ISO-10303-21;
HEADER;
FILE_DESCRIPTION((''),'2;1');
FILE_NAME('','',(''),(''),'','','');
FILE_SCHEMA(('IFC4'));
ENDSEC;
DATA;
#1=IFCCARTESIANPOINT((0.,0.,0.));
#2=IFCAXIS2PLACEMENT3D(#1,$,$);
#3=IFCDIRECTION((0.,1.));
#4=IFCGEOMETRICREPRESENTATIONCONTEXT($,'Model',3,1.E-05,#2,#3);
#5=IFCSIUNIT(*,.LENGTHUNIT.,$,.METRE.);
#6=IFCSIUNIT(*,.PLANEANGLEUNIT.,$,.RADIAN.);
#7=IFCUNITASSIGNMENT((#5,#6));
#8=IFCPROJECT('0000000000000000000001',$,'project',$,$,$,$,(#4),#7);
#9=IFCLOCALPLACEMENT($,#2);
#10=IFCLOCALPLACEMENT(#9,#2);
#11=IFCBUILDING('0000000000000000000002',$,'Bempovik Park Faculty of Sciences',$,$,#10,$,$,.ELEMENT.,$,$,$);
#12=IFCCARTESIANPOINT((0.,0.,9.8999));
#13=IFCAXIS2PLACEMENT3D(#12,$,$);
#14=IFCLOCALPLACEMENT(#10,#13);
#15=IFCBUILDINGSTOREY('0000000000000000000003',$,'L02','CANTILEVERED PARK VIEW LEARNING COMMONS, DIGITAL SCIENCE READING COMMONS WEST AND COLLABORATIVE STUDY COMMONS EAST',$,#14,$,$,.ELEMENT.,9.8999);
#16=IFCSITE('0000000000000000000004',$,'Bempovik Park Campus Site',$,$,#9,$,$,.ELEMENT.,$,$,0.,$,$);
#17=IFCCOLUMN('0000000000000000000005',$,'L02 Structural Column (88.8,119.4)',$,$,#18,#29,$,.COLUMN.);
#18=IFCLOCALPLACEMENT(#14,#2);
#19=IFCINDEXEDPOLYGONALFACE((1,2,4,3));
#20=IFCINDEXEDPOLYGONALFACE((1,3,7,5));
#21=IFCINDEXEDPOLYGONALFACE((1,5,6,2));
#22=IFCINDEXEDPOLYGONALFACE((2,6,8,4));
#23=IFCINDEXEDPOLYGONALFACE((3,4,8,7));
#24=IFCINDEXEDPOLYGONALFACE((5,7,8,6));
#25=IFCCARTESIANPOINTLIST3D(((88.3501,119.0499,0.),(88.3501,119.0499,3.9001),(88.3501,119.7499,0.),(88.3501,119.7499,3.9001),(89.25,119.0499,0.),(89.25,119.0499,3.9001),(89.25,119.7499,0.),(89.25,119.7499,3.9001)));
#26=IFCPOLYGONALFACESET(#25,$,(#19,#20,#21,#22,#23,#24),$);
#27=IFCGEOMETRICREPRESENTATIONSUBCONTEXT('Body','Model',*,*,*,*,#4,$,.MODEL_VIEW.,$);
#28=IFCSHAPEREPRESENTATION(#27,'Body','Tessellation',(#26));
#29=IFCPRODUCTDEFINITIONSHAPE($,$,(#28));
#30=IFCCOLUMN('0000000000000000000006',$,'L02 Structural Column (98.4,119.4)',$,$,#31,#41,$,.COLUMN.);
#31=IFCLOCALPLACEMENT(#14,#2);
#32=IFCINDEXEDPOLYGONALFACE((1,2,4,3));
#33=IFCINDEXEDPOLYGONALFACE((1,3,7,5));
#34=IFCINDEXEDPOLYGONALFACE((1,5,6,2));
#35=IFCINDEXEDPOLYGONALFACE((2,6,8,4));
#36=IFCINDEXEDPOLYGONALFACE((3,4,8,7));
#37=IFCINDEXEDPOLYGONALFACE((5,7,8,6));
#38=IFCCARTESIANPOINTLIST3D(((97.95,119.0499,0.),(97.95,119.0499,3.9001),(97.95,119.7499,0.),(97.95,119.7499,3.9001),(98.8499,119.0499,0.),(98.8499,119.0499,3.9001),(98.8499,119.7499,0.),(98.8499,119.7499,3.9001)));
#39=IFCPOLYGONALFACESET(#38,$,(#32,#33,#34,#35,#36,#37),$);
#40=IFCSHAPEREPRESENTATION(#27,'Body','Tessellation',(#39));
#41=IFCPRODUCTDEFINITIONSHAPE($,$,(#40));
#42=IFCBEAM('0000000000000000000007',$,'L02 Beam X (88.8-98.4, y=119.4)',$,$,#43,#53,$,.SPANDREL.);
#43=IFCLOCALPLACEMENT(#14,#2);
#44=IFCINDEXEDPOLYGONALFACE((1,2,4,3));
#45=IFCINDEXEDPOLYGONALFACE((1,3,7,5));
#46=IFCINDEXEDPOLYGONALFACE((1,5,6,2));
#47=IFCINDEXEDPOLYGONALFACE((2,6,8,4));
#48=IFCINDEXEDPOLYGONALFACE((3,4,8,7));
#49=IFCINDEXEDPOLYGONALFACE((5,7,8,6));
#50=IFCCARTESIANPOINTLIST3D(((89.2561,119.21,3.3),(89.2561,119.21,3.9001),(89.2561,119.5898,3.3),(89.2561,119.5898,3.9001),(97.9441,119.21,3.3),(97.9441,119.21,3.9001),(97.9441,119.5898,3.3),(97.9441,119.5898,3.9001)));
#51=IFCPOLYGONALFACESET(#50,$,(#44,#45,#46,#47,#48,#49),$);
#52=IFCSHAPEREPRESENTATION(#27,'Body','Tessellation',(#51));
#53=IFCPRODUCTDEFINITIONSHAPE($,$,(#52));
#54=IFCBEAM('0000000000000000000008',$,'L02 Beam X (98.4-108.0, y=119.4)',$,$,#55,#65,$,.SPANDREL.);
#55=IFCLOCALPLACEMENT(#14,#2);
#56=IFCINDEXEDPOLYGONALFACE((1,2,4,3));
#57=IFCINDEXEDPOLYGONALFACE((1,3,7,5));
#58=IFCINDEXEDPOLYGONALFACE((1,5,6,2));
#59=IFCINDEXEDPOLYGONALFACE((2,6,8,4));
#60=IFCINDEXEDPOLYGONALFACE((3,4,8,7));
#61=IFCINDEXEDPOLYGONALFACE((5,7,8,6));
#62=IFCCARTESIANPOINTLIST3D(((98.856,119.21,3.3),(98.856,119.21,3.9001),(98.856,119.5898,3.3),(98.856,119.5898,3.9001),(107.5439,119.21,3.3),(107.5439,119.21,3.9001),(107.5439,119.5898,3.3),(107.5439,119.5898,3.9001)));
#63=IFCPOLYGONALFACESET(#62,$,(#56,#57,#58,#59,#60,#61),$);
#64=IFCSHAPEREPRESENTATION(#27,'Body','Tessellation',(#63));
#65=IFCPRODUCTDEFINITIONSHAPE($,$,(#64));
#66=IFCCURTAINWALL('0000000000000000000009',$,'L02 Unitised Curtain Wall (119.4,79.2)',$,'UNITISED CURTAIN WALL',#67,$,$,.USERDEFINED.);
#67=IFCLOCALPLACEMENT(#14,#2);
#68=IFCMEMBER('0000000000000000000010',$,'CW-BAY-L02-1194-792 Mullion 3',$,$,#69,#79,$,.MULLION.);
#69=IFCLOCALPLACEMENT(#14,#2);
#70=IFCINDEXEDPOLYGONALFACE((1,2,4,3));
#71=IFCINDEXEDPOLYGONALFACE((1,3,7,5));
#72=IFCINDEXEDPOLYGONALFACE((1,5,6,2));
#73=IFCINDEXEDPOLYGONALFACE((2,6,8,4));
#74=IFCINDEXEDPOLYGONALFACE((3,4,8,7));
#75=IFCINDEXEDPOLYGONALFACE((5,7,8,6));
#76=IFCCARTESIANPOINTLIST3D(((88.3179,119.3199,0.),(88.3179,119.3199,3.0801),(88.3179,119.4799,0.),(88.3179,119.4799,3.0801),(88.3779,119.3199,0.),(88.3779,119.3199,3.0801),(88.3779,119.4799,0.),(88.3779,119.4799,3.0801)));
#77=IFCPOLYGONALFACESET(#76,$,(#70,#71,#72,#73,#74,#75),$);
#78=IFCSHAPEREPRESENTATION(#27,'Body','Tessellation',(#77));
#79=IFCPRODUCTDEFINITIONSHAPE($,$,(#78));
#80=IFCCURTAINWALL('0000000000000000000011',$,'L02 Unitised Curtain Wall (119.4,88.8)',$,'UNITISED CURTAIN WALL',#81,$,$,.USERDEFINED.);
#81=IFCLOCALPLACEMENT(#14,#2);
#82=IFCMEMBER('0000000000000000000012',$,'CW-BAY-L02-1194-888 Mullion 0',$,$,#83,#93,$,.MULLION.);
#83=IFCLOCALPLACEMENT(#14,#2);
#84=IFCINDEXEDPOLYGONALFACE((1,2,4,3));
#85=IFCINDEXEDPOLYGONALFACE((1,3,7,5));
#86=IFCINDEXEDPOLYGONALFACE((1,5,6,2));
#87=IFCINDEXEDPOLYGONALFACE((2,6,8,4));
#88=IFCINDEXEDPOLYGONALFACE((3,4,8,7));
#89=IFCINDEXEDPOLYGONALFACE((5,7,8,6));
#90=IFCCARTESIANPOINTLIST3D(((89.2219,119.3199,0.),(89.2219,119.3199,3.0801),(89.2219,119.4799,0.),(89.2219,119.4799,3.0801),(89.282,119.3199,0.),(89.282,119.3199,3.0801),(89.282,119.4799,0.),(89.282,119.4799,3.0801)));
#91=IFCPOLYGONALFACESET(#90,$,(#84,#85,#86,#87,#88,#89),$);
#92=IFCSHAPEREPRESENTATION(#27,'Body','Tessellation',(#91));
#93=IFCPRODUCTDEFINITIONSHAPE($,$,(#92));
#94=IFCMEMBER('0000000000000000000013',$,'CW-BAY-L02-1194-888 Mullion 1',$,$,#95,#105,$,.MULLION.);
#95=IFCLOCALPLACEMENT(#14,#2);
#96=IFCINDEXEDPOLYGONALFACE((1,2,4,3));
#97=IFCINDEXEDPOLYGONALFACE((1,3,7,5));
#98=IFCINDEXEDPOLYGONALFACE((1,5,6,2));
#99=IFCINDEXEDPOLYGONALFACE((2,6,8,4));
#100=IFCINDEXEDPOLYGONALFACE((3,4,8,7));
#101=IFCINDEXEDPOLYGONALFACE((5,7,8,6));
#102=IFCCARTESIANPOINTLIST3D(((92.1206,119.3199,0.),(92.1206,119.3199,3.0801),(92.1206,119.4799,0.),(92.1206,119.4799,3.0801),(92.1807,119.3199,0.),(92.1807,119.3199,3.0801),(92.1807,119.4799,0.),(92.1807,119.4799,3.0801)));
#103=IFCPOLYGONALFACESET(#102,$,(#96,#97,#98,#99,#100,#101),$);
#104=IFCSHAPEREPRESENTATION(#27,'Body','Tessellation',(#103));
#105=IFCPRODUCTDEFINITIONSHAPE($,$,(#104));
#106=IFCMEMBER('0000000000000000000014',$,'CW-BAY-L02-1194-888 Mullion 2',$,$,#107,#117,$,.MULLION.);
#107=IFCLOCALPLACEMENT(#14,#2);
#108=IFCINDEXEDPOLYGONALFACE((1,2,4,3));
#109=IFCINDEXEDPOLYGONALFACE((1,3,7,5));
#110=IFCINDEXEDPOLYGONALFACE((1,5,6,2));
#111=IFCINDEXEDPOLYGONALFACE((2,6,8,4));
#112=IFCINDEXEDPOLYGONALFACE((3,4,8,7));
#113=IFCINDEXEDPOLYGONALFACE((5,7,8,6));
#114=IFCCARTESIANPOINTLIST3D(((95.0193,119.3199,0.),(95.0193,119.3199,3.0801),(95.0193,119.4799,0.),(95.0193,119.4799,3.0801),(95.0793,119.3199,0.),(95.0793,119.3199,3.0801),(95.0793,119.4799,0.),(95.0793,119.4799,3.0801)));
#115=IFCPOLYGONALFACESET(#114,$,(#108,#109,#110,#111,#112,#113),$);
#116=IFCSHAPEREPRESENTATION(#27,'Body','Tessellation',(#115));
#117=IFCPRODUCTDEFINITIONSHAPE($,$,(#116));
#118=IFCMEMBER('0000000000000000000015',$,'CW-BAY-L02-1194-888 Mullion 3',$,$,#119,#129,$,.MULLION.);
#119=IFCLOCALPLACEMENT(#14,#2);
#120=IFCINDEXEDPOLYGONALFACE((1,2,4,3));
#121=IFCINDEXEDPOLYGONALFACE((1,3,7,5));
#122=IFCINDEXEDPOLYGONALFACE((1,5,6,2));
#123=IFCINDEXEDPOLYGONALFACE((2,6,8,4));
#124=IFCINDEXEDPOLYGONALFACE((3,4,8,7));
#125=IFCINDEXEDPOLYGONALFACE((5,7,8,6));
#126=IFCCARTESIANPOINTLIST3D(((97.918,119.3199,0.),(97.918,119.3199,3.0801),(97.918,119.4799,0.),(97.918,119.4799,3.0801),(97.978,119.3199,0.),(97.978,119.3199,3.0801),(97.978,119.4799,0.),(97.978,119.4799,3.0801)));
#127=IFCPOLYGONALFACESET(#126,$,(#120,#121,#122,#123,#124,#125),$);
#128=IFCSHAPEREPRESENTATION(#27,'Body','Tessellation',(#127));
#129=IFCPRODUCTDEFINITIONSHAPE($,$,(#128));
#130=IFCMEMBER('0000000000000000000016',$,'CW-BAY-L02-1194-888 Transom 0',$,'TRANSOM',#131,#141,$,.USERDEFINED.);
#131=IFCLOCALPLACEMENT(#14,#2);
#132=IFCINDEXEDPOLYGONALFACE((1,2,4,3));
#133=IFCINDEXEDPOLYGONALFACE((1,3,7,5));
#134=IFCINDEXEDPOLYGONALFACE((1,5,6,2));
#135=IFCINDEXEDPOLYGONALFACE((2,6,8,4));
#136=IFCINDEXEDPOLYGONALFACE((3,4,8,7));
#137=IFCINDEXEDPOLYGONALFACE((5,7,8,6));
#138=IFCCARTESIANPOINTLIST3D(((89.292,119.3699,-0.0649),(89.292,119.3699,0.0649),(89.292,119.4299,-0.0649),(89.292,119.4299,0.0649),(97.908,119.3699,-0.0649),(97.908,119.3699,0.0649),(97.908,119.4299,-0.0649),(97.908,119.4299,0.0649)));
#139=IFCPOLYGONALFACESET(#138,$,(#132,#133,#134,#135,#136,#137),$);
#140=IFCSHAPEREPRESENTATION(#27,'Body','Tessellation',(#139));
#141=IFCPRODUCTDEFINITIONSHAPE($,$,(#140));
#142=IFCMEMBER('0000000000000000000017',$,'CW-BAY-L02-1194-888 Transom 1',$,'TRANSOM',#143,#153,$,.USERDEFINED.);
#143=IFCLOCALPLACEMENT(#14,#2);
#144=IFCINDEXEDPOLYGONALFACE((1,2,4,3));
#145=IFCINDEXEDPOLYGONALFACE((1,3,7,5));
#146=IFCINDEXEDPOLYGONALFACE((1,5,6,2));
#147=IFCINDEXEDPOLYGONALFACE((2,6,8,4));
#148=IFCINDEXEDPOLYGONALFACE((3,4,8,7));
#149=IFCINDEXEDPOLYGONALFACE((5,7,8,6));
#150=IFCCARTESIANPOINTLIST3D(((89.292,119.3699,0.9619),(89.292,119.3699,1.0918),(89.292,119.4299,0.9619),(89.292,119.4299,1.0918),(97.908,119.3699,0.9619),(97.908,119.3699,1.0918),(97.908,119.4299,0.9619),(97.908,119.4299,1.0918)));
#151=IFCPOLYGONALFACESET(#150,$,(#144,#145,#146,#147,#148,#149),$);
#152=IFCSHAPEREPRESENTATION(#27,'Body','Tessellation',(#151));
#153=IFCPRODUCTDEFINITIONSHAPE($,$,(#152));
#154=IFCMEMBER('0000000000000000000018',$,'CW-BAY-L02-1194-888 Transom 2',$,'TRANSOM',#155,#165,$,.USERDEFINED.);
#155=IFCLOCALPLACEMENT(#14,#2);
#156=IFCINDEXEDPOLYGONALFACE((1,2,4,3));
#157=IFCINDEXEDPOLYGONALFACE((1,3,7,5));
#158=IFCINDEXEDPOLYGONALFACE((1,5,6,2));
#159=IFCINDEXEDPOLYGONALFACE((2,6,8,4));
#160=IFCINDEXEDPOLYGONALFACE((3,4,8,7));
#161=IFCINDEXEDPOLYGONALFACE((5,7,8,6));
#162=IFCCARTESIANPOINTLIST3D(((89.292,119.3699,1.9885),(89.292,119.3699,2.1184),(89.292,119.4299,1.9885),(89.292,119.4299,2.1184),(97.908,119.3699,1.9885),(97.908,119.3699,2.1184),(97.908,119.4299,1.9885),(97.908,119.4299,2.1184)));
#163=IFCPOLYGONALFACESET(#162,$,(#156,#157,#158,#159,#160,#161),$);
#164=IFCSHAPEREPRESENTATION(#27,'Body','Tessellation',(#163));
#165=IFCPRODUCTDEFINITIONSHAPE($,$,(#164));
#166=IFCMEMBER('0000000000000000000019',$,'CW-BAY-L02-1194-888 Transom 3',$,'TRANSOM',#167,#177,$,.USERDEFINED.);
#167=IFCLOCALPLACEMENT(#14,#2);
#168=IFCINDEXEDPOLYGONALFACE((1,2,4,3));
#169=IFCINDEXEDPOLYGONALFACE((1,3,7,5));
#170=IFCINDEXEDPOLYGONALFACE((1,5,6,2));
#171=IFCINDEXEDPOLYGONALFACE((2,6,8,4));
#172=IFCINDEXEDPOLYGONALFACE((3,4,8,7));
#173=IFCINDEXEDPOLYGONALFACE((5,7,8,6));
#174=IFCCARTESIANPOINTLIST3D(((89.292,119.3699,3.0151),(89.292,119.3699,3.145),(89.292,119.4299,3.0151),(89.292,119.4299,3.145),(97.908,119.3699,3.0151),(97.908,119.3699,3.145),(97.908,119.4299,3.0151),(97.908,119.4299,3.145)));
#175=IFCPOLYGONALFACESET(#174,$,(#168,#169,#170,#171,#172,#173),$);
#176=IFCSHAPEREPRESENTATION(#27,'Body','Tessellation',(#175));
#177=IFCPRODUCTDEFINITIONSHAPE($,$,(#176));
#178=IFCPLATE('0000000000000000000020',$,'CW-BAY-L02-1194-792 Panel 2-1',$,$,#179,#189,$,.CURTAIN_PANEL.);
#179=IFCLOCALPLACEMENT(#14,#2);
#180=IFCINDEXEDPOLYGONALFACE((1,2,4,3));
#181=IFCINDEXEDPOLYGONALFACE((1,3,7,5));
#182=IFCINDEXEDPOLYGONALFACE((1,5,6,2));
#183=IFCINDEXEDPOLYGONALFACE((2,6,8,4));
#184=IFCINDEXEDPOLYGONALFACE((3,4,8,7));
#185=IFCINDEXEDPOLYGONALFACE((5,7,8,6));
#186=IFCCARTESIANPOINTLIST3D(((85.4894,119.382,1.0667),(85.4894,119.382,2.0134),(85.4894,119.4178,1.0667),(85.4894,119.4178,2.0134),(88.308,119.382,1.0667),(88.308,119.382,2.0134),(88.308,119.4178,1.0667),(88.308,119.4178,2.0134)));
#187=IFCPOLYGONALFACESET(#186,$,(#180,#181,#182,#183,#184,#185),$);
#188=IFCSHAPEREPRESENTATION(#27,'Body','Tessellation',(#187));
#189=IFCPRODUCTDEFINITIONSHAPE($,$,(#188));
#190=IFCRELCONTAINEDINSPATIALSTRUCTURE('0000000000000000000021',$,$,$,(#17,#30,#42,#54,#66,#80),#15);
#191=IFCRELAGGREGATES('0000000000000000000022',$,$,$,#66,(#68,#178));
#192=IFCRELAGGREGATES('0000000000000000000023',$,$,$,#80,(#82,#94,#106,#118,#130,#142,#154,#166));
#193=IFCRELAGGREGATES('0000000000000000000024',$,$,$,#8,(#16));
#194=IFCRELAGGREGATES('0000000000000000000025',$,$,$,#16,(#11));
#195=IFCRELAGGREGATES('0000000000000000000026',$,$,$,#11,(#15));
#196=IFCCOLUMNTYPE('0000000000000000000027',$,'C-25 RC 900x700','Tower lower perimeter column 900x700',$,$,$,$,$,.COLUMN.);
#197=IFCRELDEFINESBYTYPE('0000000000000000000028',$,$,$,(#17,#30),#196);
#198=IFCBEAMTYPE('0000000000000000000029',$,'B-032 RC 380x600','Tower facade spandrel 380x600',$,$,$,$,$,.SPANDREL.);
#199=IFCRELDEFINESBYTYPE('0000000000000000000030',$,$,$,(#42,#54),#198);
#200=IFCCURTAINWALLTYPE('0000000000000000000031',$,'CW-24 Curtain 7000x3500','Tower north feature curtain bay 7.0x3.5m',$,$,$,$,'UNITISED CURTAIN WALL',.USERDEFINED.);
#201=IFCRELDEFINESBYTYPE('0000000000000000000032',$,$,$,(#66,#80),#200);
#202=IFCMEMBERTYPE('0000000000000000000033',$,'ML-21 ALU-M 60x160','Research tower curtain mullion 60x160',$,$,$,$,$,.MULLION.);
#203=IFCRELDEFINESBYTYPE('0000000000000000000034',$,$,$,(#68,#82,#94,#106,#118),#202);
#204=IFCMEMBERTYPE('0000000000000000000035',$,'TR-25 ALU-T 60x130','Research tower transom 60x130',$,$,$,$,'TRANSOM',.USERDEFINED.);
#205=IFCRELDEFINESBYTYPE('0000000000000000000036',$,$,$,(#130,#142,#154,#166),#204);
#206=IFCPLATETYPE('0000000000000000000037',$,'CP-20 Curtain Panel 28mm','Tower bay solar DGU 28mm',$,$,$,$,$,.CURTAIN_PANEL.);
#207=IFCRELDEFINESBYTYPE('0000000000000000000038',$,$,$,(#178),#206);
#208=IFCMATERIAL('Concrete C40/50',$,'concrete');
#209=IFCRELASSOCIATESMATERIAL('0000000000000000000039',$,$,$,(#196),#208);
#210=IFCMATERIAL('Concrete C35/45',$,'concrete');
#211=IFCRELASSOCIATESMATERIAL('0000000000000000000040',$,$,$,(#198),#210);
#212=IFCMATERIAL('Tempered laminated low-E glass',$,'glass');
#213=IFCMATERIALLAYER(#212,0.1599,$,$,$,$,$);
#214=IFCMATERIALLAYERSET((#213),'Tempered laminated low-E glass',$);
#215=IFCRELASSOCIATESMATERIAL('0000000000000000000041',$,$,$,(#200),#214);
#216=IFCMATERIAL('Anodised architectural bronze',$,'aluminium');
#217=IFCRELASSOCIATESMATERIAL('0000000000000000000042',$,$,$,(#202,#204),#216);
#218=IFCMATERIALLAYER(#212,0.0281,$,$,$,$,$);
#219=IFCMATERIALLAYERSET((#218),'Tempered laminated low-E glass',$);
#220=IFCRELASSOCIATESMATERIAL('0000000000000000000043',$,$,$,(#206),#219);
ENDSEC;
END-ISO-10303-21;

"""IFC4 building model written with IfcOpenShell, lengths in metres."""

from ifc_helpers import new_model, si_unit, direction, frame, origin, origin_2d, place, context, subcontext, project, spatial, rectangle, extrude, material, layer, layer_set, material_profile, profile_set, type_object, element, aggregate, save


model = new_model("IFC4")

# Units and contexts
model_context = context("Model", 3, precision=1e-05, world=origin(), true_north=direction((0.0, 1.0)))
body_context = subcontext(model_context, "Body", "Model", "MODEL_VIEW")
ifc_project = project(units=[si_unit("LENGTHUNIT", "METRE"), si_unit("PLANEANGLEUNIT", "RADIAN")], contexts=[model_context])

# Site, building, storey
site_placement = place(None, origin())
site = spatial("IfcSite", under=ifc_project, at=site_placement, Name="Bempovik Park Campus Site", CompositionType="ELEMENT", RefElevation=0.0)
building_placement = place(site_placement, origin())
building = spatial("IfcBuilding", under=site, at=building_placement, Name="Bempovik Park Faculty of Sciences", CompositionType="ELEMENT")
storey_placement = place(building_placement, frame((0.0, 0.0, 9.8999)))
storey = spatial("IfcBuildingStorey", under=building, at=storey_placement, Name="L02", Description="CANTILEVERED PARK VIEW LEARNING COMMONS, DIGITAL SCIENCE READING COMMONS WEST AND COLLABORATIVE STUDY COMMONS EAST", CompositionType="ELEMENT", Elevation=9.8999)

# Columns
ifc_material_1 = material(Name="Concrete C40/50", Category="concrete")
ifc_material_profile_1 = material_profile(ifc_material_1, rectangle(XDim=0.8999, YDim=0.7, at=origin_2d()), Name="RC 900x700")
ifc_profile_set_1 = profile_set([ifc_material_profile_1], Name="Concrete C40/50")
column_type = type_object("IfcColumnType", Name="C-25 RC 900x700", Description="Tower lower perimeter column 900x700", PredefinedType="COLUMN", material=ifc_profile_set_1)
for number, where, z_axis, x_axis, name in (
    (1, (88.8, 119.3999, 0.0), (0.0, 0.0, 1.0), (1.0, 0.0, 0.0), "L02 Structural Column (88.8,119.4)"),
    (2, (98.3999, 119.3999, 0.0), (0.0, 0.0, 1.0), (1.0, 0.0, 0.0), "L02 Structural Column (98.4,119.4)"),
):
    element("IfcColumn", number, at=place(storey_placement, frame(where, z_axis=z_axis, x_axis=x_axis)), inside=storey, type_object=column_type, Name=name, PredefinedType="COLUMN", context=body_context, shape_type="SweptSolid", body=[
        extrude(rectangle(XDim=0.8999, YDim=0.7, at=origin_2d()), origin(), (0.0, 0.0, 1.0), 3.9001),
    ])

# Beams
ifc_material_2 = material(Name="Concrete C35/45", Category="concrete")
ifc_material_profile_2 = material_profile(ifc_material_2, rectangle(XDim=0.3799, YDim=0.6001, at=origin_2d()), Name="RC 380x600")
ifc_profile_set_2 = profile_set([ifc_material_profile_2], Name="Concrete C35/45")
beam_type = type_object("IfcBeamType", Name="B-032 RC 380x600", Description="Tower facade spandrel 380x600", PredefinedType="SPANDREL", material=ifc_profile_set_2)
for number, where, z_axis, x_axis, name in (
    (3, (89.2561, 119.3999, 3.6001), (1.0, 0.0, 0.0), (0.0, 1.0, 0.0), "L02 Beam X (88.8-98.4, y=119.4)"),
    (4, (98.856, 119.3999, 3.6001), (1.0, 0.0, 0.0), (0.0, 1.0, 0.0), "L02 Beam X (98.4-108.0, y=119.4)"),
):
    element("IfcBeam", number, at=place(storey_placement, frame(where, z_axis=z_axis, x_axis=x_axis)), inside=storey, type_object=beam_type, Name=name, PredefinedType="SPANDREL", context=body_context, shape_type="SweptSolid", body=[
        extrude(rectangle(XDim=0.3799, YDim=0.6001, at=origin_2d()), origin(), (0.0, 0.0, 1.0), 8.688),
    ])

# Curtain wall, member
ifc_material_3 = material(Name="Tempered laminated low-E glass", Category="glass")
ifc_layer_1 = layer(ifc_material_3, 0.1599)
ifc_layer_set_1 = layer_set([ifc_layer_1], Name="Tempered laminated low-E glass")
curtain_wall_type = type_object("IfcCurtainWallType", Name="CW-24 Curtain 7000x3500", Description="Tower north feature curtain bay 7.0x3.5m", ElementType="UNITISED CURTAIN WALL", PredefinedType="USERDEFINED", material=ifc_layer_set_1)
curtain_wall_1_placement = place(storey_placement, origin())
curtain_wall_1 = element("IfcCurtainWall", 5, at=curtain_wall_1_placement, inside=storey, type_object=curtain_wall_type, Name="L02 Unitised Curtain Wall (119.4,79.2)", ObjectType="UNITISED CURTAIN WALL", PredefinedType="USERDEFINED")
ifc_material_4 = material(Name="Anodised architectural bronze", Category="aluminium")
ifc_material_profile_3 = material_profile(ifc_material_4, rectangle(XDim=0.0601, YDim=0.1599, at=origin_2d()), Name="ALU-M 60x160")
ifc_profile_set_3 = profile_set([ifc_material_profile_3], Name="Anodised architectural bronze")
member_type_1 = type_object("IfcMemberType", Name="ML-21 ALU-M 60x160", Description="Research tower curtain mullion 60x160", PredefinedType="MULLION", material=ifc_profile_set_3)
member_1_placement = place(storey_placement, frame((88.3479, 119.3999, 0.0), z_axis=(0.0, 0.0, 1.0), x_axis=(1.0, 0.0, 0.0)))
member_1 = element("IfcMember", 6, at=member_1_placement, type_object=member_type_1, Name="CW-BAY-L02-1194-792 Mullion 3", PredefinedType="MULLION", context=body_context, shape_type="SweptSolid", body=[
    extrude(rectangle(XDim=0.0601, YDim=0.1599, at=origin_2d()), origin(), (0.0, 0.0, 1.0), 3.0801),
])

# Curtain wall, members
curtain_wall_2_placement = place(storey_placement, origin())
curtain_wall_2 = element("IfcCurtainWall", 7, at=curtain_wall_2_placement, inside=storey, type_object=curtain_wall_type, Name="L02 Unitised Curtain Wall (119.4,88.8)", ObjectType="UNITISED CURTAIN WALL", PredefinedType="USERDEFINED")
member_2_placement = place(storey_placement, frame((89.252, 119.3999, 0.0), z_axis=(0.0, 0.0, 1.0), x_axis=(1.0, 0.0, 0.0)))
member_2 = element("IfcMember", 8, at=member_2_placement, type_object=member_type_1, Name="CW-BAY-L02-1194-888 Mullion 0", PredefinedType="MULLION", context=body_context, shape_type="SweptSolid", body=[
    extrude(rectangle(XDim=0.0601, YDim=0.1599, at=origin_2d()), origin(), (0.0, 0.0, 1.0), 3.0801),
])
member_3_placement = place(storey_placement, frame((92.1506, 119.3999, 0.0), z_axis=(0.0, 0.0, 1.0), x_axis=(1.0, 0.0, 0.0)))
member_3 = element("IfcMember", 9, at=member_3_placement, type_object=member_type_1, Name="CW-BAY-L02-1194-888 Mullion 1", PredefinedType="MULLION", context=body_context, shape_type="SweptSolid", body=[
    extrude(rectangle(XDim=0.0601, YDim=0.1599, at=origin_2d()), origin(), (0.0, 0.0, 1.0), 3.0801),
])
member_4_placement = place(storey_placement, frame((95.0493, 119.3999, 0.0), z_axis=(0.0, 0.0, 1.0), x_axis=(1.0, 0.0, 0.0)))
member_4 = element("IfcMember", 10, at=member_4_placement, type_object=member_type_1, Name="CW-BAY-L02-1194-888 Mullion 2", PredefinedType="MULLION", context=body_context, shape_type="SweptSolid", body=[
    extrude(rectangle(XDim=0.0601, YDim=0.1599, at=origin_2d()), origin(), (0.0, 0.0, 1.0), 3.0801),
])
member_5_placement = place(storey_placement, frame((97.948, 119.3999, 0.0), z_axis=(0.0, 0.0, 1.0), x_axis=(1.0, 0.0, 0.0)))
member_5 = element("IfcMember", 11, at=member_5_placement, type_object=member_type_1, Name="CW-BAY-L02-1194-888 Mullion 3", PredefinedType="MULLION", context=body_context, shape_type="SweptSolid", body=[
    extrude(rectangle(XDim=0.0601, YDim=0.1599, at=origin_2d()), origin(), (0.0, 0.0, 1.0), 3.0801),
])
ifc_material_profile_4 = material_profile(ifc_material_4, rectangle(XDim=0.0601, YDim=0.1299, at=origin_2d()), Name="ALU-T 60x130")
ifc_profile_set_4 = profile_set([ifc_material_profile_4], Name="Anodised architectural bronze")
member_type_2 = type_object("IfcMemberType", Name="TR-25 ALU-T 60x130", Description="Research tower transom 60x130", ElementType="TRANSOM", PredefinedType="USERDEFINED", material=ifc_profile_set_4)
member_6_placement = place(storey_placement, frame((89.292, 119.3999, 0.0), z_axis=(1.0, 0.0, 0.0), x_axis=(0.0, 1.0, 0.0)))
member_6 = element("IfcMember", 12, at=member_6_placement, type_object=member_type_2, Name="CW-BAY-L02-1194-888 Transom 0", ObjectType="TRANSOM", PredefinedType="USERDEFINED", context=body_context, shape_type="SweptSolid", body=[
    extrude(rectangle(XDim=0.0601, YDim=0.1299, at=origin_2d()), origin(), (0.0, 0.0, 1.0), 8.616),
])
member_7_placement = place(storey_placement, frame((89.292, 119.3999, 1.0269), z_axis=(1.0, 0.0, 0.0), x_axis=(0.0, 1.0, 0.0)))
member_7 = element("IfcMember", 13, at=member_7_placement, type_object=member_type_2, Name="CW-BAY-L02-1194-888 Transom 1", ObjectType="TRANSOM", PredefinedType="USERDEFINED", context=body_context, shape_type="SweptSolid", body=[
    extrude(rectangle(XDim=0.0601, YDim=0.1299, at=origin_2d()), origin(), (0.0, 0.0, 1.0), 8.616),
])
member_8_placement = place(storey_placement, frame((89.292, 119.3999, 2.0535), z_axis=(1.0, 0.0, 0.0), x_axis=(0.0, 1.0, 0.0)))
member_8 = element("IfcMember", 14, at=member_8_placement, type_object=member_type_2, Name="CW-BAY-L02-1194-888 Transom 2", ObjectType="TRANSOM", PredefinedType="USERDEFINED", context=body_context, shape_type="SweptSolid", body=[
    extrude(rectangle(XDim=0.0601, YDim=0.1299, at=origin_2d()), origin(), (0.0, 0.0, 1.0), 8.616),
])
member_9_placement = place(storey_placement, frame((89.292, 119.3999, 3.0801), z_axis=(1.0, 0.0, 0.0), x_axis=(0.0, 1.0, 0.0)))
member_9 = element("IfcMember", 15, at=member_9_placement, type_object=member_type_2, Name="CW-BAY-L02-1194-888 Transom 3", ObjectType="TRANSOM", PredefinedType="USERDEFINED", context=body_context, shape_type="SweptSolid", body=[
    extrude(rectangle(XDim=0.0601, YDim=0.1299, at=origin_2d()), origin(), (0.0, 0.0, 1.0), 8.616),
])

# Plate
ifc_layer_2 = layer(ifc_material_3, 0.0281)
ifc_layer_set_2 = layer_set([ifc_layer_2], Name="Tempered laminated low-E glass")
plate_type_1 = type_object("IfcPlateType", Name="CP-20 Curtain Panel 28mm", Description="Tower bay solar DGU 28mm", PredefinedType="CURTAIN_PANEL", material=ifc_layer_set_2)
plate_1_placement = place(storey_placement, frame((86.8987, 119.3999, 1.0667), z_axis=(0.0, 0.0, 1.0), x_axis=(1.0, 0.0, 0.0)))
plate_1 = element("IfcPlate", 16, at=plate_1_placement, type_object=plate_type_1, Name="CW-BAY-L02-1194-792 Panel 2-1", PredefinedType="CURTAIN_PANEL", context=body_context, shape_type="SweptSolid", body=[
    extrude(rectangle(XDim=2.8186, YDim=0.0359, at=origin_2d()), origin(), (0.0, 0.0, 1.0), 0.9468),
])
aggregate(curtain_wall_1, [member_1, plate_1])
aggregate(curtain_wall_2, [member_2, member_3, member_4, member_5, member_6, member_7, member_8, member_9])

save(model, "model.ifc")
